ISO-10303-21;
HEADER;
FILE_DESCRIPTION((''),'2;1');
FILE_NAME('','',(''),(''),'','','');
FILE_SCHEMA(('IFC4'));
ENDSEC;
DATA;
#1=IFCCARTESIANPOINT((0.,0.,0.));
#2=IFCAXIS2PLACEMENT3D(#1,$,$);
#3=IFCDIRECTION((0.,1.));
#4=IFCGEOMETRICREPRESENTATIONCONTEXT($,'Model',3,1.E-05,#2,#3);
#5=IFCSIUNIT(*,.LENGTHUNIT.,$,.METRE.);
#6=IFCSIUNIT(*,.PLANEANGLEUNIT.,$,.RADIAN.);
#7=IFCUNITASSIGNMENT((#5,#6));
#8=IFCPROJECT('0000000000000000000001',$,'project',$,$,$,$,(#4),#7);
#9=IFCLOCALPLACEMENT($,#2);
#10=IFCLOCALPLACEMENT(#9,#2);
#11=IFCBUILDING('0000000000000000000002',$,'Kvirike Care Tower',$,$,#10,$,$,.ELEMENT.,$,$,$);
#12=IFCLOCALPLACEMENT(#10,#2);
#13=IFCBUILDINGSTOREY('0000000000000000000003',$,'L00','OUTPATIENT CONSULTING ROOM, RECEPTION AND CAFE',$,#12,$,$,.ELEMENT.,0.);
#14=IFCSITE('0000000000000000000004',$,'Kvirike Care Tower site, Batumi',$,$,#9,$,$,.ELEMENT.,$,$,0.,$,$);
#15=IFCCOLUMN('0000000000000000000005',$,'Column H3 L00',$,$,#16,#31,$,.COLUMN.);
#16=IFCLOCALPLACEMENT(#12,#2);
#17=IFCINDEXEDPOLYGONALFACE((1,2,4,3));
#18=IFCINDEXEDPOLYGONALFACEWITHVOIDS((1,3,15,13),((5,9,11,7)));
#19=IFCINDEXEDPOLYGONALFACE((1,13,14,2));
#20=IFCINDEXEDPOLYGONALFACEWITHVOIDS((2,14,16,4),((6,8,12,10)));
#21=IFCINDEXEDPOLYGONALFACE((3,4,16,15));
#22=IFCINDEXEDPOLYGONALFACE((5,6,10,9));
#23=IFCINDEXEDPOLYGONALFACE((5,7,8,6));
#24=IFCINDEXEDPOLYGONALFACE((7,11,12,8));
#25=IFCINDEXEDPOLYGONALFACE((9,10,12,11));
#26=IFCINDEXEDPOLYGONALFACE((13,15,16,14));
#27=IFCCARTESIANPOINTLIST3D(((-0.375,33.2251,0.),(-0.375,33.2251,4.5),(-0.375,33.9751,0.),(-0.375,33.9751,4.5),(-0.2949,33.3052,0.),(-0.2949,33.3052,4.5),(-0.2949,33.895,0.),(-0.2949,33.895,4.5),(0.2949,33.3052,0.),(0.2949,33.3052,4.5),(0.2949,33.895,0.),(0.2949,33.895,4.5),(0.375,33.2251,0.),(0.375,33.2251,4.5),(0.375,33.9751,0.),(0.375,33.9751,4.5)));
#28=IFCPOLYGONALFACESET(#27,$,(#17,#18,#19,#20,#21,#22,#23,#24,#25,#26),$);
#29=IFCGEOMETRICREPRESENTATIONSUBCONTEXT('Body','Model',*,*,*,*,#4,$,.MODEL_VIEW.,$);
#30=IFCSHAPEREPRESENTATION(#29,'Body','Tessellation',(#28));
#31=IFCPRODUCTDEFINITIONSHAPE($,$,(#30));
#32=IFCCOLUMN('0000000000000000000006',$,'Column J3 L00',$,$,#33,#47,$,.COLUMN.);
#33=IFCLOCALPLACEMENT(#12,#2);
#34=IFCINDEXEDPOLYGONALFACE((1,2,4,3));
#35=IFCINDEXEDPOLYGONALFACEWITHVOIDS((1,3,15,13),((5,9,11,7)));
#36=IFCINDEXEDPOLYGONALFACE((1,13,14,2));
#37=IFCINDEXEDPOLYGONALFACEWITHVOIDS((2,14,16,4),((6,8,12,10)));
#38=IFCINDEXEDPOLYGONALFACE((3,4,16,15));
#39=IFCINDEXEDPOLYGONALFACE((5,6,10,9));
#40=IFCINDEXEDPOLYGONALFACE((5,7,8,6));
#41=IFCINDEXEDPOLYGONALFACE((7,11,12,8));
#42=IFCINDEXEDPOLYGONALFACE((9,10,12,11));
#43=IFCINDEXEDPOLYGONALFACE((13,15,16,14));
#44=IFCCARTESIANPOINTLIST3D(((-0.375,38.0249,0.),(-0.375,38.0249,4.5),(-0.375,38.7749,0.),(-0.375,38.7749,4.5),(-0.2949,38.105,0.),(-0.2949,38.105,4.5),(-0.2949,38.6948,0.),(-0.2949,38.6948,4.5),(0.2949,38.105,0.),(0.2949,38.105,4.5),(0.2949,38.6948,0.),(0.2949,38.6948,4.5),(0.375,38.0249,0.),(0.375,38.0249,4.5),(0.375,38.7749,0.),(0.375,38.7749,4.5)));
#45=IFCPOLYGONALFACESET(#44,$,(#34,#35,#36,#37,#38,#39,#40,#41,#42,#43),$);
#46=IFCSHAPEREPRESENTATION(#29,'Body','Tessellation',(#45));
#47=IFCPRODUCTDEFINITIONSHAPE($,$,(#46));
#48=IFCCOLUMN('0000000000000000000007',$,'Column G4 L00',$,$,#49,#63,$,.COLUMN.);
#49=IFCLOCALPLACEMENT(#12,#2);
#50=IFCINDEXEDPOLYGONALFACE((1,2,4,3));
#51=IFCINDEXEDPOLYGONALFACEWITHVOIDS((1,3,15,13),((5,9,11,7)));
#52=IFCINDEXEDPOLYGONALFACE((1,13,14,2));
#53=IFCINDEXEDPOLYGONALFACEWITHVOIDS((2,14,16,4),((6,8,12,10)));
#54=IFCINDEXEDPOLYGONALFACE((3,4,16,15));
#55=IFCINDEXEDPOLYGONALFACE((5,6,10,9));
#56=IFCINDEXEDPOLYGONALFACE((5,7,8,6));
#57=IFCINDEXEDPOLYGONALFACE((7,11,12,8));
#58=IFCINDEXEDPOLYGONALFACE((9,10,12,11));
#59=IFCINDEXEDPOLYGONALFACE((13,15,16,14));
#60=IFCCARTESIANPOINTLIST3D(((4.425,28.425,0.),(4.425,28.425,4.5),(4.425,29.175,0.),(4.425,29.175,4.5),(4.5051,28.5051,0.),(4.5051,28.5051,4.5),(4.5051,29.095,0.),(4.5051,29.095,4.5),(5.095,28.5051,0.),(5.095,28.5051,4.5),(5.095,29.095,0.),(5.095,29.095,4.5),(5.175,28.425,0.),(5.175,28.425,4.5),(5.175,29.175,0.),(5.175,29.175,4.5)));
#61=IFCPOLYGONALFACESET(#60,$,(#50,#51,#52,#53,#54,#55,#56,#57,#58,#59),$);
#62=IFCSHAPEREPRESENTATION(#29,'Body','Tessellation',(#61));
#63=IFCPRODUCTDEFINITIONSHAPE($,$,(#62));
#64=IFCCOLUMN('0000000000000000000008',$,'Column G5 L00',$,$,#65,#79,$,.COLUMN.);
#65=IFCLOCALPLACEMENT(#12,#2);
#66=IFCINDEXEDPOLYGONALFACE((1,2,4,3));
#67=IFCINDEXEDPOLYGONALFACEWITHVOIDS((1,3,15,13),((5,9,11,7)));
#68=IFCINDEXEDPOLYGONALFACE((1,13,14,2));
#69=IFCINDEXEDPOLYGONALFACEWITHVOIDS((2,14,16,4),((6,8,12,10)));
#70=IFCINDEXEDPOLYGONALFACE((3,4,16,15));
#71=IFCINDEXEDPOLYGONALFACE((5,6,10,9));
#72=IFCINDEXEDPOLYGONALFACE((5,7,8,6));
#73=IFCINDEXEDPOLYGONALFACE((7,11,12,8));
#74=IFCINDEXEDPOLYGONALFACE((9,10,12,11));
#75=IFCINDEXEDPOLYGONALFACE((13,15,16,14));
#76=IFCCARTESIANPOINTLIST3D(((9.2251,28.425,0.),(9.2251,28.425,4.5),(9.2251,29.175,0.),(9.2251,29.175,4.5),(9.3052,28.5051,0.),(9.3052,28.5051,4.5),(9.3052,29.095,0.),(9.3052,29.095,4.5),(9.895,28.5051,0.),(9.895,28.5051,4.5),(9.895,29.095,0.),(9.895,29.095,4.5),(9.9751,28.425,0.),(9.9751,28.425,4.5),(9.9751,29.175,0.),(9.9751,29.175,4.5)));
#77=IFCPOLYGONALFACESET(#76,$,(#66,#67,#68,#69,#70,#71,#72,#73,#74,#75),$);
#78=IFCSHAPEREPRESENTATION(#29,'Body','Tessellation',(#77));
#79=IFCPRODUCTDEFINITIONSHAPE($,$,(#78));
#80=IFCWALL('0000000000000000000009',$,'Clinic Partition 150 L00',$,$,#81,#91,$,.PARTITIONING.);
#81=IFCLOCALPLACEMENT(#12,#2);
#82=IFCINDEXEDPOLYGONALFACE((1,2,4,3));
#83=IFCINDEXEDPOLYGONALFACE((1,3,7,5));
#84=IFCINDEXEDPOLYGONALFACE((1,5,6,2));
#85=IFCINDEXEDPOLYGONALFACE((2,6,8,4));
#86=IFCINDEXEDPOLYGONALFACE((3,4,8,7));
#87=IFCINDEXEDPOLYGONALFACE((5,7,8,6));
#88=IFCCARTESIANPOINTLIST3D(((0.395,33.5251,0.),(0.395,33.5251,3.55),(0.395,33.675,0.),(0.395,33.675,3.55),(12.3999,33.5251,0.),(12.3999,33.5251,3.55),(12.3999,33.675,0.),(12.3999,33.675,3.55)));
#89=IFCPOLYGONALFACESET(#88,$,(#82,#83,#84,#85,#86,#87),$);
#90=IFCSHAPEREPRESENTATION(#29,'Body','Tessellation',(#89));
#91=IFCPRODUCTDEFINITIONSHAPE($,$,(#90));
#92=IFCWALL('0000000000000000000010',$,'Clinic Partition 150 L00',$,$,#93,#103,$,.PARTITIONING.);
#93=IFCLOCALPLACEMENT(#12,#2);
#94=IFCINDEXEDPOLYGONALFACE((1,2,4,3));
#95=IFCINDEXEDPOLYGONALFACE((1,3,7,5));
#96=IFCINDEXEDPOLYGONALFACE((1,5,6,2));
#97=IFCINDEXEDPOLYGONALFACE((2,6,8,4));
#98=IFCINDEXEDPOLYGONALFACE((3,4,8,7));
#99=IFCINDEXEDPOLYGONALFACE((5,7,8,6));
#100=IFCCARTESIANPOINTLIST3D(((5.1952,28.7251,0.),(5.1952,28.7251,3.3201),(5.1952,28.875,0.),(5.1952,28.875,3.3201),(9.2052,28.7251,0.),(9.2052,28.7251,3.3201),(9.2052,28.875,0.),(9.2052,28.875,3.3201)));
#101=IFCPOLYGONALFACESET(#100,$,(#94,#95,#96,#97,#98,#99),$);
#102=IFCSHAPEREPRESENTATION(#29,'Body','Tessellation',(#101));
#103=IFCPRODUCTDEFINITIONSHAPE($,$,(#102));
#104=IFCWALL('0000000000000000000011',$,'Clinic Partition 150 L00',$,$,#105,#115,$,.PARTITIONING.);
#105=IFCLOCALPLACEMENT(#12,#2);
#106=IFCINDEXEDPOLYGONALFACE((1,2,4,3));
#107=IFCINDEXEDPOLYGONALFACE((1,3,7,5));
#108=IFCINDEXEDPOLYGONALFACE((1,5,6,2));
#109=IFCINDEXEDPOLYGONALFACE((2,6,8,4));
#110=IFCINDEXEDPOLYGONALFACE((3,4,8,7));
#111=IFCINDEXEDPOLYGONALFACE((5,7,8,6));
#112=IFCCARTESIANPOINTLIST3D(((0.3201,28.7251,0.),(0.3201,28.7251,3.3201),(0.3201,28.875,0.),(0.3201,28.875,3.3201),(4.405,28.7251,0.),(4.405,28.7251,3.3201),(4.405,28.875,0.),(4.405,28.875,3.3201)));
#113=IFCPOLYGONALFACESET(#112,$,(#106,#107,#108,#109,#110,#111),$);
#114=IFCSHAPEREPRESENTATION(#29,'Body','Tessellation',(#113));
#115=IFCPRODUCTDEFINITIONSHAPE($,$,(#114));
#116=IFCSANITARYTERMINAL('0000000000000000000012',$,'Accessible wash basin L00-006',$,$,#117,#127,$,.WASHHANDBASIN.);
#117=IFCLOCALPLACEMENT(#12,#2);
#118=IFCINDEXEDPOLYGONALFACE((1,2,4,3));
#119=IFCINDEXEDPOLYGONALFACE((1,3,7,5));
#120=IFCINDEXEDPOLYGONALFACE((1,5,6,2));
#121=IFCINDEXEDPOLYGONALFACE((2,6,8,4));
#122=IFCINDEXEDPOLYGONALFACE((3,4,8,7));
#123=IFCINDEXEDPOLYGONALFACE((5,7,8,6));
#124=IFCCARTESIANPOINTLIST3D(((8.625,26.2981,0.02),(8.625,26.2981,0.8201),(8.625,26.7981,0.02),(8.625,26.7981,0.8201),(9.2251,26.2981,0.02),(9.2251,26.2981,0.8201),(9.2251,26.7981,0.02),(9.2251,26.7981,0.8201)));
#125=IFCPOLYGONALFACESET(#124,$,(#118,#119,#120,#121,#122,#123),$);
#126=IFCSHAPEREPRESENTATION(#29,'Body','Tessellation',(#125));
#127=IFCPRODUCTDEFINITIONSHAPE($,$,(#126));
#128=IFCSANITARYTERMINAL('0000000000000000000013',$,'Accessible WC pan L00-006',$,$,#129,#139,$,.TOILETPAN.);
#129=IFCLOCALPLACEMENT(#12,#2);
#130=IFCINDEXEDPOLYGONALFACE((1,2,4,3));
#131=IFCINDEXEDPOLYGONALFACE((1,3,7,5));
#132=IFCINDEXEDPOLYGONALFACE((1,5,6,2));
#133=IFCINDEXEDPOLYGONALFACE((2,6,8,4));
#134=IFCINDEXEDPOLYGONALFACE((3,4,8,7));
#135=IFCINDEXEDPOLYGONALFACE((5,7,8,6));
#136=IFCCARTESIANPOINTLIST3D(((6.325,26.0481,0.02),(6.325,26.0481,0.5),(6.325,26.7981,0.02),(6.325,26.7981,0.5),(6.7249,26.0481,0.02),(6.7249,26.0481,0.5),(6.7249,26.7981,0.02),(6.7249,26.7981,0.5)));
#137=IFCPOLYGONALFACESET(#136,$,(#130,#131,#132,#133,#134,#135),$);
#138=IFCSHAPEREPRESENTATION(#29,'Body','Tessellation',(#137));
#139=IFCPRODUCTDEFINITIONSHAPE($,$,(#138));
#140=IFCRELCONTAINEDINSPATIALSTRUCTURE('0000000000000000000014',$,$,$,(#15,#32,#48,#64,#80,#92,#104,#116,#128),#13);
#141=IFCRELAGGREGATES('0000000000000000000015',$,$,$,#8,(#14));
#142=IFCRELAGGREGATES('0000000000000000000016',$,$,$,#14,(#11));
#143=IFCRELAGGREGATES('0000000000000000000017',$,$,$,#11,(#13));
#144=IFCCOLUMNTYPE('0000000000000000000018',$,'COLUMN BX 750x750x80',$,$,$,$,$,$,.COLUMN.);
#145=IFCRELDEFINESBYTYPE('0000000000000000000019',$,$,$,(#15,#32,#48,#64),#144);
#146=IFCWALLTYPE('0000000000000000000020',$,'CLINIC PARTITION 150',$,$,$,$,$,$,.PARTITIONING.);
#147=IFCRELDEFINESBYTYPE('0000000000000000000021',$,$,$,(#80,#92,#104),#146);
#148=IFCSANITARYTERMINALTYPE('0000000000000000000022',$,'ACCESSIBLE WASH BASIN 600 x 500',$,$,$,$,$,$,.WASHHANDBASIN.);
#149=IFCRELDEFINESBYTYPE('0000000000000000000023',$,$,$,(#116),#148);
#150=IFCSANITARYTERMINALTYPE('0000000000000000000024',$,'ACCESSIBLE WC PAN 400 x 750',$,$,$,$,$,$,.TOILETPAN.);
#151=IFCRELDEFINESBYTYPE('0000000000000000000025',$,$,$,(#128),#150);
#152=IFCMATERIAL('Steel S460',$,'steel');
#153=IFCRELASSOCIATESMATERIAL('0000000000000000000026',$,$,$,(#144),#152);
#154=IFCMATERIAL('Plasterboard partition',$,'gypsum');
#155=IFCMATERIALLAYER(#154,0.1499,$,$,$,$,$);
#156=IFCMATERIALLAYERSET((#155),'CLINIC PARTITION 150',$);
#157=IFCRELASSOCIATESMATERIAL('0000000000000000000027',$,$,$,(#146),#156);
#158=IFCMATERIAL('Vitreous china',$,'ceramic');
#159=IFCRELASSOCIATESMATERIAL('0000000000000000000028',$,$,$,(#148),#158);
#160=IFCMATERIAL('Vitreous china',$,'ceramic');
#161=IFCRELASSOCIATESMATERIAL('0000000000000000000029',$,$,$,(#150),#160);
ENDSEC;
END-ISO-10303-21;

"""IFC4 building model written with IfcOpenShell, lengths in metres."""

from ifc_helpers import new_model, si_unit, direction, frame, frame_2d, origin, origin_2d, place, context, subcontext, project, spatial, rectangle, hollow_rectangle, extrude, material, layer, layer_set, material_profile, profile_set, type_object, element, save


model = new_model("IFC4")

# Units and contexts
model_context = context("Model", 3, precision=1e-05, world=origin(), true_north=direction((0.0, 1.0)))
body_context = subcontext(model_context, "Body", "Model", "MODEL_VIEW")
ifc_project = project(units=[si_unit("LENGTHUNIT", "METRE"), si_unit("PLANEANGLEUNIT", "RADIAN")], contexts=[model_context])

# Site, building, storey
site_placement = place(None, origin())
site = spatial("IfcSite", under=ifc_project, at=site_placement, Name="Kvirike Care Tower site, Batumi", CompositionType="ELEMENT", RefElevation=0.0)
building_placement = place(site_placement, origin())
building = spatial("IfcBuilding", under=site, at=building_placement, Name="Kvirike Care Tower", CompositionType="ELEMENT")
storey_placement = place(building_placement, origin())
storey = spatial("IfcBuildingStorey", under=building, at=storey_placement, Name="L00", Description="OUTPATIENT CONSULTING ROOM, RECEPTION AND CAFE", CompositionType="ELEMENT", Elevation=0.0)

# Columns
ifc_material_1 = material(Name="Steel S460", Category="steel")
ifc_material_profile_1 = material_profile(ifc_material_1, hollow_rectangle(XDim=0.75, YDim=0.75, WallThickness=0.0801, at=origin_2d()), Name="BX 750x750x80")
ifc_profile_set_1 = profile_set([ifc_material_profile_1], Name="Steel S460")
column_type_1 = type_object("IfcColumnType", Name="COLUMN BX 750x750x80", PredefinedType="COLUMN", material=ifc_profile_set_1)
for number, where, z_axis, x_axis, name in (
    (1, (0.0, 33.6001, 0.0), (0.0, 0.0, 1.0), (1.0, 0.0, 0.0), "Column H3 L00"),
    (2, (0.0, 38.3999, 0.0), (0.0, 0.0, 1.0), (1.0, 0.0, 0.0), "Column J3 L00"),
    (3, (4.8, 28.8, 0.0), (0.0, 0.0, 1.0), (0.0, 1.0, 0.0), "Column G4 L00"),
    (4, (9.6001, 28.8, 0.0), (0.0, 0.0, 1.0), (0.0, 1.0, 0.0), "Column G5 L00"),
):
    element("IfcColumn", number, at=place(storey_placement, frame(where, z_axis=z_axis, x_axis=x_axis)), inside=storey, type_object=column_type_1, Name=name, PredefinedType="COLUMN", context=body_context, shape_type="SweptSolid", body=[
        extrude(hollow_rectangle(XDim=0.75, YDim=0.75, WallThickness=0.0801, at=origin_2d()), origin(), (0.0, 0.0, 1.0), 4.5),
    ])

# Walls
ifc_material_2 = material(Name="Plasterboard partition", Category="gypsum")
ifc_layer_1 = layer(ifc_material_2, 0.1499)
ifc_layer_set_1 = layer_set([ifc_layer_1], Name="CLINIC PARTITION 150")
wall_type_1 = type_object("IfcWallType", Name="CLINIC PARTITION 150", PredefinedType="PARTITIONING", material=ifc_layer_set_1)
wall_1_placement = place(storey_placement, frame((0.395, 33.6001, 0.0), z_axis=(0.0, 0.0, 1.0), x_axis=(1.0, 0.0, 0.0)))
element("IfcWall", 5, at=wall_1_placement, inside=storey, type_object=wall_type_1, Name="Clinic Partition 150 L00", PredefinedType="PARTITIONING", context=body_context, shape_type="SweptSolid", body=[
    extrude(rectangle(XDim=12.0049, YDim=0.1499, at=frame_2d((6.0024, 0.0))), origin(), (0.0, 0.0, 1.0), 3.55),
])
wall_2_placement = place(storey_placement, frame((9.2051, 28.8, 0.0), z_axis=(0.0, 0.0, 1.0), x_axis=(-1.0, 0.0, 0.0)))
element("IfcWall", 6, at=wall_2_placement, inside=storey, type_object=wall_type_1, Name="Clinic Partition 150 L00", PredefinedType="PARTITIONING", context=body_context, shape_type="SweptSolid", body=[
    extrude(rectangle(XDim=4.01, YDim=0.1499, at=frame_2d((2.0049, 0.0))), origin(), (0.0, 0.0, 1.0), 3.3201),
])
wall_3_placement = place(storey_placement, frame((4.405, 28.8, 0.0), z_axis=(0.0, 0.0, 1.0), x_axis=(-1.0, 0.0, 0.0)))
element("IfcWall", 7, at=wall_3_placement, inside=storey, type_object=wall_type_1, Name="Clinic Partition 150 L00", PredefinedType="PARTITIONING", context=body_context, shape_type="SweptSolid", body=[
    extrude(rectangle(XDim=4.085, YDim=0.1499, at=frame_2d((2.0425, 0.0))), origin(), (0.0, 0.0, 1.0), 3.3201),
])

# Sanitary terminals
ifc_material_3 = material(Name="Vitreous china", Category="ceramic")
sanitary_terminal_type_1 = type_object("IfcSanitaryTerminalType", Name="ACCESSIBLE WASH BASIN 600 x 500", PredefinedType="WASHHANDBASIN", material=ifc_material_3)
sanitary_terminal_1_placement = place(storey_placement, frame((8.925, 26.5481, 0.02), z_axis=(0.0, 0.0, 1.0), x_axis=(1.0, 0.0, 0.0)))
element("IfcSanitaryTerminal", 8, at=sanitary_terminal_1_placement, inside=storey, type_object=sanitary_terminal_type_1, Name="Accessible wash basin L00-006", PredefinedType="WASHHANDBASIN", context=body_context, shape_type="SweptSolid", body=[
    extrude(rectangle(XDim=0.6001, YDim=0.5, at=origin_2d()), origin(), (0.0, 0.0, 1.0), 0.8),
])
ifc_material_4 = material(Name="Vitreous china", Category="ceramic")
sanitary_terminal_type_2 = type_object("IfcSanitaryTerminalType", Name="ACCESSIBLE WC PAN 400 x 750", PredefinedType="TOILETPAN", material=ifc_material_4)
sanitary_terminal_2_placement = place(storey_placement, frame((6.5249, 26.4231, 0.02), z_axis=(0.0, 0.0, 1.0), x_axis=(1.0, 0.0, 0.0)))
element("IfcSanitaryTerminal", 9, at=sanitary_terminal_2_placement, inside=storey, type_object=sanitary_terminal_type_2, Name="Accessible WC pan L00-006", PredefinedType="TOILETPAN", context=body_context, shape_type="SweptSolid", body=[
    extrude(rectangle(XDim=0.3999, YDim=0.75, at=origin_2d()), origin(), (0.0, 0.0, 1.0), 0.48),
])

save(model, "model.ifc")
